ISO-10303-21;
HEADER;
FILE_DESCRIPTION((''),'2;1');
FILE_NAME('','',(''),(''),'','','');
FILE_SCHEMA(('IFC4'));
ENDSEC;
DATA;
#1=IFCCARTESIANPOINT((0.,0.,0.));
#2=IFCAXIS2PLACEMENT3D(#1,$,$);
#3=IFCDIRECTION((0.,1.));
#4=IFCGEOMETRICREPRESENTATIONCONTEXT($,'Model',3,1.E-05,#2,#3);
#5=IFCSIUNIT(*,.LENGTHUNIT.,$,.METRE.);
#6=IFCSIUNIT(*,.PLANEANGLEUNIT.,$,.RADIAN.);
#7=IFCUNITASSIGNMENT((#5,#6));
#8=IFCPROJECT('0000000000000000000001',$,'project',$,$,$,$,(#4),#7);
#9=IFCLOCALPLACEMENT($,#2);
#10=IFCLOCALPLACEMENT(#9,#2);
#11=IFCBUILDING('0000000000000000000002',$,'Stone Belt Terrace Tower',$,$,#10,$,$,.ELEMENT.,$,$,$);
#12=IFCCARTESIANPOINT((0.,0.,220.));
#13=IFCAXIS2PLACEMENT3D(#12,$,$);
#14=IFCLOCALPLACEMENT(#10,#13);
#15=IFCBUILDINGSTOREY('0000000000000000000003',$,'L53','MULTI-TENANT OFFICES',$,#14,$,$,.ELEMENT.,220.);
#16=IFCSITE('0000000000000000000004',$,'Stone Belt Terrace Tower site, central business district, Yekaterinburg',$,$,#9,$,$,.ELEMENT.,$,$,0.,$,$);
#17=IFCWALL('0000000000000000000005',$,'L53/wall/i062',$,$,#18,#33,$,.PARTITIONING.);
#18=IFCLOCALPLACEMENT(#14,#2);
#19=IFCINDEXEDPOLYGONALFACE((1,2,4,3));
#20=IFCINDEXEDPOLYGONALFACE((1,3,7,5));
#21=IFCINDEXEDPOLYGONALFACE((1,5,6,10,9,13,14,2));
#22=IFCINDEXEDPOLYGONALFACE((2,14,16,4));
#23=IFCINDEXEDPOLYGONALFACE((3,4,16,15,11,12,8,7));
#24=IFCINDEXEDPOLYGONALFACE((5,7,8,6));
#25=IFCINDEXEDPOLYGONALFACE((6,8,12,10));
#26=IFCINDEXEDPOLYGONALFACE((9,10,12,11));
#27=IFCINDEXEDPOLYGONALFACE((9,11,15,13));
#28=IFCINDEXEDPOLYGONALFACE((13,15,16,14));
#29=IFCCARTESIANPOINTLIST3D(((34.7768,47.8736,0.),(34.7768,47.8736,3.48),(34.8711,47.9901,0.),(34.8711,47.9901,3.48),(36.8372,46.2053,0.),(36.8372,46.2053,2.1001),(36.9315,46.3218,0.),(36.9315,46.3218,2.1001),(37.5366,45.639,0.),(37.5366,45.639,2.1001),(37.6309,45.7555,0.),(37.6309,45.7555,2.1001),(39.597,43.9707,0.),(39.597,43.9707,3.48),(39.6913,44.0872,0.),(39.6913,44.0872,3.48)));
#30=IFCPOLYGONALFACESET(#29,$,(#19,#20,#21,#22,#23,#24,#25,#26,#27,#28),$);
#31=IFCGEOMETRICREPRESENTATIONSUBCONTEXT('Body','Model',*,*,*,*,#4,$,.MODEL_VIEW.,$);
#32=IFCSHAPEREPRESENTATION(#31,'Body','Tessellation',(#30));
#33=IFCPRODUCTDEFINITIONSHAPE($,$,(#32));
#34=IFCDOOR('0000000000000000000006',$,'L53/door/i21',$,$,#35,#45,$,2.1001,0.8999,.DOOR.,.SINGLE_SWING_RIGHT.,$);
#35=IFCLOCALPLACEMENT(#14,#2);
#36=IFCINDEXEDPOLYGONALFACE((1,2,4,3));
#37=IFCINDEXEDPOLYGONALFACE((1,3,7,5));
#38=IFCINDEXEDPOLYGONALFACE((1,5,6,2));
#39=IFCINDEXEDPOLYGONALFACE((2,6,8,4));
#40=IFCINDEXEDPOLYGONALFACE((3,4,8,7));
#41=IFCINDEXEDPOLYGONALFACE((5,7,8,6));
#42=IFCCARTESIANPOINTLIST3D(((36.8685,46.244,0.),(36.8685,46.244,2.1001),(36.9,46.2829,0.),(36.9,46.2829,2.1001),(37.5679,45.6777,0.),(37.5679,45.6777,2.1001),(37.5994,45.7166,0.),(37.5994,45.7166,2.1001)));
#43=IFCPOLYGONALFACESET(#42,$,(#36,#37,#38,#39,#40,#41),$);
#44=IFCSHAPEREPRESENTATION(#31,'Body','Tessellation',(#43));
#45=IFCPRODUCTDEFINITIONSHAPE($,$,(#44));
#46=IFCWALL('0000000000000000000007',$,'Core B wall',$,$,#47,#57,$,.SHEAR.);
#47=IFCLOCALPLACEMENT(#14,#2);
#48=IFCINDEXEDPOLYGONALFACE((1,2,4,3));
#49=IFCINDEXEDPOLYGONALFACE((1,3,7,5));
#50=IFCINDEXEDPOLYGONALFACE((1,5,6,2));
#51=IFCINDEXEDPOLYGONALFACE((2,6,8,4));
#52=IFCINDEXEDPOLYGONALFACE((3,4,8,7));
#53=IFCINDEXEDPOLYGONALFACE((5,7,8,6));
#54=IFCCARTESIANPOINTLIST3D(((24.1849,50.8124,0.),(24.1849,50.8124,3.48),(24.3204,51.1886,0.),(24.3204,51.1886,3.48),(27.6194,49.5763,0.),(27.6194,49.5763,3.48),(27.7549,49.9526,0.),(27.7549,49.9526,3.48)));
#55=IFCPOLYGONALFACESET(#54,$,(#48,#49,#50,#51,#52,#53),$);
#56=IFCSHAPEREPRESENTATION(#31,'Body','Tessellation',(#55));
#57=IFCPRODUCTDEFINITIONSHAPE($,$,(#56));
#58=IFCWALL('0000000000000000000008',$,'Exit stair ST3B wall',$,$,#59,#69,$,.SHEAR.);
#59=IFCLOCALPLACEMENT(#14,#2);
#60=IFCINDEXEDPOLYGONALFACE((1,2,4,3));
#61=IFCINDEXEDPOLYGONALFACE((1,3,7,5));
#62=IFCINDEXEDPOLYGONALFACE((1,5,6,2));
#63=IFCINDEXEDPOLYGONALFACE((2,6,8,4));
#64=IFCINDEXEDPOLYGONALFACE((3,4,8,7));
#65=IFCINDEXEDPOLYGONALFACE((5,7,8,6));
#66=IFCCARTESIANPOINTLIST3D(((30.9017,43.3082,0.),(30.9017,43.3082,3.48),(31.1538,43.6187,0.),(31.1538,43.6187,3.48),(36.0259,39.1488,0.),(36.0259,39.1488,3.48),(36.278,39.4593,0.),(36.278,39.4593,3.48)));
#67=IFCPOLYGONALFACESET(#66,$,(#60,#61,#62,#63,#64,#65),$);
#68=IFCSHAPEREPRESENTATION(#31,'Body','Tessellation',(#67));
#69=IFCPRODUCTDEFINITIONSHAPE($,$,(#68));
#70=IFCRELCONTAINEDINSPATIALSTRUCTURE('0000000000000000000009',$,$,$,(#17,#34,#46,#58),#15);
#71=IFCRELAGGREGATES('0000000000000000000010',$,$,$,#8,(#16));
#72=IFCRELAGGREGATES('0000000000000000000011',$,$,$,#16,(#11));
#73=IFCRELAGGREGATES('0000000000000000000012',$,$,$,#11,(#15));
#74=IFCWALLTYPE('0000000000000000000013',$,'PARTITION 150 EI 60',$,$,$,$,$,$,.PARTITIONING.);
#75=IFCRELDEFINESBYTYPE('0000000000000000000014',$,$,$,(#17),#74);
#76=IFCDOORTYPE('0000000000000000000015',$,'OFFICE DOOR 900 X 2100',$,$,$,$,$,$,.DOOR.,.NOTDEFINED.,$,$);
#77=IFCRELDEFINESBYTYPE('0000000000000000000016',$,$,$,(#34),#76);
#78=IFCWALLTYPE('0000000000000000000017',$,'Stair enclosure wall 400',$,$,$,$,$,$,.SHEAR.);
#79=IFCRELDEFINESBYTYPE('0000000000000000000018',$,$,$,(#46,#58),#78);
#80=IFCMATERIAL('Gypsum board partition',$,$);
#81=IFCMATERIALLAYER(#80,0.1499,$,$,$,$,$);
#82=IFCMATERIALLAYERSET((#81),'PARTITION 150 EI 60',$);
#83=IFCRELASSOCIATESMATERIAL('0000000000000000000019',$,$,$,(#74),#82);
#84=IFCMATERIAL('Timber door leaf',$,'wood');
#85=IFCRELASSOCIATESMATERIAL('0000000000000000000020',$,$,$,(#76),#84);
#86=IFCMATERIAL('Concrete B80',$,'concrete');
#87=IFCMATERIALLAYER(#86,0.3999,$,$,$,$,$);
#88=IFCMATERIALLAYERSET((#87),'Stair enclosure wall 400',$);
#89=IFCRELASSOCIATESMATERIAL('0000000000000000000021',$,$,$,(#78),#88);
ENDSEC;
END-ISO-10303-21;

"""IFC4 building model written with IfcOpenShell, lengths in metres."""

from ifc_helpers import new_model, si_unit, direction, frame, frame_2d, origin, place, context, subcontext, project, spatial, rectangle, extrude, material, layer, layer_set, type_object, element, fill, save


model = new_model("IFC4")

# Units and contexts
model_context = context("Model", 3, precision=1e-05, world=origin(), true_north=direction((0.0, 1.0)))
body_context = subcontext(model_context, "Body", "Model", "MODEL_VIEW")
ifc_project = project(units=[si_unit("LENGTHUNIT", "METRE"), si_unit("PLANEANGLEUNIT", "RADIAN")], contexts=[model_context])

# Site, building, storey
site_placement = place(None, origin())
site = spatial("IfcSite", under=ifc_project, at=site_placement, Name="Stone Belt Terrace Tower site, central business district, Yekaterinburg", CompositionType="ELEMENT", RefElevation=0.0)
building_placement = place(site_placement, origin())
building = spatial("IfcBuilding", under=site, at=building_placement, Name="Stone Belt Terrace Tower", CompositionType="ELEMENT")
storey_placement = place(building_placement, frame((0.0, 0.0, 220.0)))
storey = spatial("IfcBuildingStorey", under=building, at=storey_placement, Name="L53", Description="MULTI-TENANT OFFICES", CompositionType="ELEMENT", Elevation=220.0)

# Shared definitions
ifc_material_1 = material(Name="Concrete B80", Category="concrete")

# Shared definitions
ifc_material_2 = material(Name="Gypsum board partition")

# Shared definitions
ifc_layer_1 = layer(ifc_material_2, 0.1499)
ifc_layer_set_1 = layer_set([ifc_layer_1], Name="PARTITION 150 EI 60")
wall_type_1 = type_object("IfcWallType", Name="PARTITION 150 EI 60", PredefinedType="PARTITIONING", material=ifc_layer_set_1)
ifc_material_3 = material(Name="Timber door leaf", Category="wood")
door_type_1 = type_object("IfcDoorType", Name="OFFICE DOOR 900 X 2100", OperationType="NOTDEFINED", PredefinedType="DOOR", material=ifc_material_3)

# Wall, opening, door
wall_1_placement = place(storey_placement, frame((34.824, 47.9319, 0.0), z_axis=(0.0, 0.0, 1.0), x_axis=(0.777176, -0.629283, 0.0)))
wall_1 = element("IfcWall", 1, at=wall_1_placement, inside=storey, type_object=wall_type_1, Name="L53/wall/i062", PredefinedType="PARTITIONING", context=body_context, shape_type="SweptSolid", body=[
    extrude(rectangle(XDim=6.2021, YDim=0.1499, at=frame_2d((3.1011, 0.0))), origin(), (0.0, 0.0, 1.0), 3.48),
])
opening_1_placement = place(wall_1_placement, frame((2.6511, 0.0, 0.0)))
opening_1 = element("IfcOpeningElement", 2, at=opening_1_placement, cuts=wall_1, PredefinedType="OPENING", context=body_context, shape_type="SweptSolid", body=[
    extrude(rectangle(XDim=0.8999, YDim=2.1001, at=frame_2d((0.45, 1.05))), frame((0.0, 0.085, 0.0), z_axis=(0.0, -1.0, 0.0), x_axis=(1.0, 0.0, 0.0)), (0.0, 0.0, 1.0), 0.1699),
])
door_1_placement = place(opening_1_placement, origin())
door_1 = element("IfcDoor", 3, at=door_1_placement, inside=storey, type_object=door_type_1, Name="L53/door/i21", OperationType="SINGLE_SWING_RIGHT", OverallHeight=2.1001, OverallWidth=0.8999, PredefinedType="DOOR", context=body_context, shape_type="SweptSolid", body=[
    extrude(rectangle(XDim=0.8999, YDim=2.1001, at=frame_2d((0.45, 1.05))), frame((0.0, 0.0249, 0.0), z_axis=(0.0, -1.0, 0.0), x_axis=(1.0, 0.0, 0.0)), (0.0, 0.0, 1.0), 0.05),
])
fill(opening_1, door_1)

# Walls
ifc_layer_2 = layer(ifc_material_1, 0.3999)
ifc_layer_set_2 = layer_set([ifc_layer_2], Name="Stair enclosure wall 400")
wall_type_2 = type_object("IfcWallType", Name="Stair enclosure wall 400", PredefinedType="SHEAR", material=ifc_layer_set_2)
wall_2_placement = place(storey_placement, frame((27.6873, 49.7644, 0.0), z_axis=(0.0, 0.0, 1.0), x_axis=(-0.940919, 0.338632, 0.0)))
element("IfcWall", 4, at=wall_2_placement, inside=storey, type_object=wall_type_2, Name="Core B wall", PredefinedType="SHEAR", context=body_context, shape_type="SweptSolid", body=[
    extrude(rectangle(XDim=3.6501, YDim=0.3999, at=frame_2d((1.8252, 0.0))), origin(), (0.0, 0.0, 1.0), 3.48),
])
wall_3_placement = place(storey_placement, frame((31.0278, 43.4634, 0.0), z_axis=(0.0, 0.0, 1.0), x_axis=(0.776414, -0.630224, 0.0)))
element("IfcWall", 5, at=wall_3_placement, inside=storey, type_object=wall_type_2, Name="Exit stair ST3B wall", PredefinedType="SHEAR", context=body_context, shape_type="SweptSolid", body=[
    extrude(rectangle(XDim=6.5999, YDim=0.3999, at=frame_2d((3.2998, 0.0))), origin(), (0.0, 0.0, 1.0), 3.48),
])

save(model, "model.ifc")
